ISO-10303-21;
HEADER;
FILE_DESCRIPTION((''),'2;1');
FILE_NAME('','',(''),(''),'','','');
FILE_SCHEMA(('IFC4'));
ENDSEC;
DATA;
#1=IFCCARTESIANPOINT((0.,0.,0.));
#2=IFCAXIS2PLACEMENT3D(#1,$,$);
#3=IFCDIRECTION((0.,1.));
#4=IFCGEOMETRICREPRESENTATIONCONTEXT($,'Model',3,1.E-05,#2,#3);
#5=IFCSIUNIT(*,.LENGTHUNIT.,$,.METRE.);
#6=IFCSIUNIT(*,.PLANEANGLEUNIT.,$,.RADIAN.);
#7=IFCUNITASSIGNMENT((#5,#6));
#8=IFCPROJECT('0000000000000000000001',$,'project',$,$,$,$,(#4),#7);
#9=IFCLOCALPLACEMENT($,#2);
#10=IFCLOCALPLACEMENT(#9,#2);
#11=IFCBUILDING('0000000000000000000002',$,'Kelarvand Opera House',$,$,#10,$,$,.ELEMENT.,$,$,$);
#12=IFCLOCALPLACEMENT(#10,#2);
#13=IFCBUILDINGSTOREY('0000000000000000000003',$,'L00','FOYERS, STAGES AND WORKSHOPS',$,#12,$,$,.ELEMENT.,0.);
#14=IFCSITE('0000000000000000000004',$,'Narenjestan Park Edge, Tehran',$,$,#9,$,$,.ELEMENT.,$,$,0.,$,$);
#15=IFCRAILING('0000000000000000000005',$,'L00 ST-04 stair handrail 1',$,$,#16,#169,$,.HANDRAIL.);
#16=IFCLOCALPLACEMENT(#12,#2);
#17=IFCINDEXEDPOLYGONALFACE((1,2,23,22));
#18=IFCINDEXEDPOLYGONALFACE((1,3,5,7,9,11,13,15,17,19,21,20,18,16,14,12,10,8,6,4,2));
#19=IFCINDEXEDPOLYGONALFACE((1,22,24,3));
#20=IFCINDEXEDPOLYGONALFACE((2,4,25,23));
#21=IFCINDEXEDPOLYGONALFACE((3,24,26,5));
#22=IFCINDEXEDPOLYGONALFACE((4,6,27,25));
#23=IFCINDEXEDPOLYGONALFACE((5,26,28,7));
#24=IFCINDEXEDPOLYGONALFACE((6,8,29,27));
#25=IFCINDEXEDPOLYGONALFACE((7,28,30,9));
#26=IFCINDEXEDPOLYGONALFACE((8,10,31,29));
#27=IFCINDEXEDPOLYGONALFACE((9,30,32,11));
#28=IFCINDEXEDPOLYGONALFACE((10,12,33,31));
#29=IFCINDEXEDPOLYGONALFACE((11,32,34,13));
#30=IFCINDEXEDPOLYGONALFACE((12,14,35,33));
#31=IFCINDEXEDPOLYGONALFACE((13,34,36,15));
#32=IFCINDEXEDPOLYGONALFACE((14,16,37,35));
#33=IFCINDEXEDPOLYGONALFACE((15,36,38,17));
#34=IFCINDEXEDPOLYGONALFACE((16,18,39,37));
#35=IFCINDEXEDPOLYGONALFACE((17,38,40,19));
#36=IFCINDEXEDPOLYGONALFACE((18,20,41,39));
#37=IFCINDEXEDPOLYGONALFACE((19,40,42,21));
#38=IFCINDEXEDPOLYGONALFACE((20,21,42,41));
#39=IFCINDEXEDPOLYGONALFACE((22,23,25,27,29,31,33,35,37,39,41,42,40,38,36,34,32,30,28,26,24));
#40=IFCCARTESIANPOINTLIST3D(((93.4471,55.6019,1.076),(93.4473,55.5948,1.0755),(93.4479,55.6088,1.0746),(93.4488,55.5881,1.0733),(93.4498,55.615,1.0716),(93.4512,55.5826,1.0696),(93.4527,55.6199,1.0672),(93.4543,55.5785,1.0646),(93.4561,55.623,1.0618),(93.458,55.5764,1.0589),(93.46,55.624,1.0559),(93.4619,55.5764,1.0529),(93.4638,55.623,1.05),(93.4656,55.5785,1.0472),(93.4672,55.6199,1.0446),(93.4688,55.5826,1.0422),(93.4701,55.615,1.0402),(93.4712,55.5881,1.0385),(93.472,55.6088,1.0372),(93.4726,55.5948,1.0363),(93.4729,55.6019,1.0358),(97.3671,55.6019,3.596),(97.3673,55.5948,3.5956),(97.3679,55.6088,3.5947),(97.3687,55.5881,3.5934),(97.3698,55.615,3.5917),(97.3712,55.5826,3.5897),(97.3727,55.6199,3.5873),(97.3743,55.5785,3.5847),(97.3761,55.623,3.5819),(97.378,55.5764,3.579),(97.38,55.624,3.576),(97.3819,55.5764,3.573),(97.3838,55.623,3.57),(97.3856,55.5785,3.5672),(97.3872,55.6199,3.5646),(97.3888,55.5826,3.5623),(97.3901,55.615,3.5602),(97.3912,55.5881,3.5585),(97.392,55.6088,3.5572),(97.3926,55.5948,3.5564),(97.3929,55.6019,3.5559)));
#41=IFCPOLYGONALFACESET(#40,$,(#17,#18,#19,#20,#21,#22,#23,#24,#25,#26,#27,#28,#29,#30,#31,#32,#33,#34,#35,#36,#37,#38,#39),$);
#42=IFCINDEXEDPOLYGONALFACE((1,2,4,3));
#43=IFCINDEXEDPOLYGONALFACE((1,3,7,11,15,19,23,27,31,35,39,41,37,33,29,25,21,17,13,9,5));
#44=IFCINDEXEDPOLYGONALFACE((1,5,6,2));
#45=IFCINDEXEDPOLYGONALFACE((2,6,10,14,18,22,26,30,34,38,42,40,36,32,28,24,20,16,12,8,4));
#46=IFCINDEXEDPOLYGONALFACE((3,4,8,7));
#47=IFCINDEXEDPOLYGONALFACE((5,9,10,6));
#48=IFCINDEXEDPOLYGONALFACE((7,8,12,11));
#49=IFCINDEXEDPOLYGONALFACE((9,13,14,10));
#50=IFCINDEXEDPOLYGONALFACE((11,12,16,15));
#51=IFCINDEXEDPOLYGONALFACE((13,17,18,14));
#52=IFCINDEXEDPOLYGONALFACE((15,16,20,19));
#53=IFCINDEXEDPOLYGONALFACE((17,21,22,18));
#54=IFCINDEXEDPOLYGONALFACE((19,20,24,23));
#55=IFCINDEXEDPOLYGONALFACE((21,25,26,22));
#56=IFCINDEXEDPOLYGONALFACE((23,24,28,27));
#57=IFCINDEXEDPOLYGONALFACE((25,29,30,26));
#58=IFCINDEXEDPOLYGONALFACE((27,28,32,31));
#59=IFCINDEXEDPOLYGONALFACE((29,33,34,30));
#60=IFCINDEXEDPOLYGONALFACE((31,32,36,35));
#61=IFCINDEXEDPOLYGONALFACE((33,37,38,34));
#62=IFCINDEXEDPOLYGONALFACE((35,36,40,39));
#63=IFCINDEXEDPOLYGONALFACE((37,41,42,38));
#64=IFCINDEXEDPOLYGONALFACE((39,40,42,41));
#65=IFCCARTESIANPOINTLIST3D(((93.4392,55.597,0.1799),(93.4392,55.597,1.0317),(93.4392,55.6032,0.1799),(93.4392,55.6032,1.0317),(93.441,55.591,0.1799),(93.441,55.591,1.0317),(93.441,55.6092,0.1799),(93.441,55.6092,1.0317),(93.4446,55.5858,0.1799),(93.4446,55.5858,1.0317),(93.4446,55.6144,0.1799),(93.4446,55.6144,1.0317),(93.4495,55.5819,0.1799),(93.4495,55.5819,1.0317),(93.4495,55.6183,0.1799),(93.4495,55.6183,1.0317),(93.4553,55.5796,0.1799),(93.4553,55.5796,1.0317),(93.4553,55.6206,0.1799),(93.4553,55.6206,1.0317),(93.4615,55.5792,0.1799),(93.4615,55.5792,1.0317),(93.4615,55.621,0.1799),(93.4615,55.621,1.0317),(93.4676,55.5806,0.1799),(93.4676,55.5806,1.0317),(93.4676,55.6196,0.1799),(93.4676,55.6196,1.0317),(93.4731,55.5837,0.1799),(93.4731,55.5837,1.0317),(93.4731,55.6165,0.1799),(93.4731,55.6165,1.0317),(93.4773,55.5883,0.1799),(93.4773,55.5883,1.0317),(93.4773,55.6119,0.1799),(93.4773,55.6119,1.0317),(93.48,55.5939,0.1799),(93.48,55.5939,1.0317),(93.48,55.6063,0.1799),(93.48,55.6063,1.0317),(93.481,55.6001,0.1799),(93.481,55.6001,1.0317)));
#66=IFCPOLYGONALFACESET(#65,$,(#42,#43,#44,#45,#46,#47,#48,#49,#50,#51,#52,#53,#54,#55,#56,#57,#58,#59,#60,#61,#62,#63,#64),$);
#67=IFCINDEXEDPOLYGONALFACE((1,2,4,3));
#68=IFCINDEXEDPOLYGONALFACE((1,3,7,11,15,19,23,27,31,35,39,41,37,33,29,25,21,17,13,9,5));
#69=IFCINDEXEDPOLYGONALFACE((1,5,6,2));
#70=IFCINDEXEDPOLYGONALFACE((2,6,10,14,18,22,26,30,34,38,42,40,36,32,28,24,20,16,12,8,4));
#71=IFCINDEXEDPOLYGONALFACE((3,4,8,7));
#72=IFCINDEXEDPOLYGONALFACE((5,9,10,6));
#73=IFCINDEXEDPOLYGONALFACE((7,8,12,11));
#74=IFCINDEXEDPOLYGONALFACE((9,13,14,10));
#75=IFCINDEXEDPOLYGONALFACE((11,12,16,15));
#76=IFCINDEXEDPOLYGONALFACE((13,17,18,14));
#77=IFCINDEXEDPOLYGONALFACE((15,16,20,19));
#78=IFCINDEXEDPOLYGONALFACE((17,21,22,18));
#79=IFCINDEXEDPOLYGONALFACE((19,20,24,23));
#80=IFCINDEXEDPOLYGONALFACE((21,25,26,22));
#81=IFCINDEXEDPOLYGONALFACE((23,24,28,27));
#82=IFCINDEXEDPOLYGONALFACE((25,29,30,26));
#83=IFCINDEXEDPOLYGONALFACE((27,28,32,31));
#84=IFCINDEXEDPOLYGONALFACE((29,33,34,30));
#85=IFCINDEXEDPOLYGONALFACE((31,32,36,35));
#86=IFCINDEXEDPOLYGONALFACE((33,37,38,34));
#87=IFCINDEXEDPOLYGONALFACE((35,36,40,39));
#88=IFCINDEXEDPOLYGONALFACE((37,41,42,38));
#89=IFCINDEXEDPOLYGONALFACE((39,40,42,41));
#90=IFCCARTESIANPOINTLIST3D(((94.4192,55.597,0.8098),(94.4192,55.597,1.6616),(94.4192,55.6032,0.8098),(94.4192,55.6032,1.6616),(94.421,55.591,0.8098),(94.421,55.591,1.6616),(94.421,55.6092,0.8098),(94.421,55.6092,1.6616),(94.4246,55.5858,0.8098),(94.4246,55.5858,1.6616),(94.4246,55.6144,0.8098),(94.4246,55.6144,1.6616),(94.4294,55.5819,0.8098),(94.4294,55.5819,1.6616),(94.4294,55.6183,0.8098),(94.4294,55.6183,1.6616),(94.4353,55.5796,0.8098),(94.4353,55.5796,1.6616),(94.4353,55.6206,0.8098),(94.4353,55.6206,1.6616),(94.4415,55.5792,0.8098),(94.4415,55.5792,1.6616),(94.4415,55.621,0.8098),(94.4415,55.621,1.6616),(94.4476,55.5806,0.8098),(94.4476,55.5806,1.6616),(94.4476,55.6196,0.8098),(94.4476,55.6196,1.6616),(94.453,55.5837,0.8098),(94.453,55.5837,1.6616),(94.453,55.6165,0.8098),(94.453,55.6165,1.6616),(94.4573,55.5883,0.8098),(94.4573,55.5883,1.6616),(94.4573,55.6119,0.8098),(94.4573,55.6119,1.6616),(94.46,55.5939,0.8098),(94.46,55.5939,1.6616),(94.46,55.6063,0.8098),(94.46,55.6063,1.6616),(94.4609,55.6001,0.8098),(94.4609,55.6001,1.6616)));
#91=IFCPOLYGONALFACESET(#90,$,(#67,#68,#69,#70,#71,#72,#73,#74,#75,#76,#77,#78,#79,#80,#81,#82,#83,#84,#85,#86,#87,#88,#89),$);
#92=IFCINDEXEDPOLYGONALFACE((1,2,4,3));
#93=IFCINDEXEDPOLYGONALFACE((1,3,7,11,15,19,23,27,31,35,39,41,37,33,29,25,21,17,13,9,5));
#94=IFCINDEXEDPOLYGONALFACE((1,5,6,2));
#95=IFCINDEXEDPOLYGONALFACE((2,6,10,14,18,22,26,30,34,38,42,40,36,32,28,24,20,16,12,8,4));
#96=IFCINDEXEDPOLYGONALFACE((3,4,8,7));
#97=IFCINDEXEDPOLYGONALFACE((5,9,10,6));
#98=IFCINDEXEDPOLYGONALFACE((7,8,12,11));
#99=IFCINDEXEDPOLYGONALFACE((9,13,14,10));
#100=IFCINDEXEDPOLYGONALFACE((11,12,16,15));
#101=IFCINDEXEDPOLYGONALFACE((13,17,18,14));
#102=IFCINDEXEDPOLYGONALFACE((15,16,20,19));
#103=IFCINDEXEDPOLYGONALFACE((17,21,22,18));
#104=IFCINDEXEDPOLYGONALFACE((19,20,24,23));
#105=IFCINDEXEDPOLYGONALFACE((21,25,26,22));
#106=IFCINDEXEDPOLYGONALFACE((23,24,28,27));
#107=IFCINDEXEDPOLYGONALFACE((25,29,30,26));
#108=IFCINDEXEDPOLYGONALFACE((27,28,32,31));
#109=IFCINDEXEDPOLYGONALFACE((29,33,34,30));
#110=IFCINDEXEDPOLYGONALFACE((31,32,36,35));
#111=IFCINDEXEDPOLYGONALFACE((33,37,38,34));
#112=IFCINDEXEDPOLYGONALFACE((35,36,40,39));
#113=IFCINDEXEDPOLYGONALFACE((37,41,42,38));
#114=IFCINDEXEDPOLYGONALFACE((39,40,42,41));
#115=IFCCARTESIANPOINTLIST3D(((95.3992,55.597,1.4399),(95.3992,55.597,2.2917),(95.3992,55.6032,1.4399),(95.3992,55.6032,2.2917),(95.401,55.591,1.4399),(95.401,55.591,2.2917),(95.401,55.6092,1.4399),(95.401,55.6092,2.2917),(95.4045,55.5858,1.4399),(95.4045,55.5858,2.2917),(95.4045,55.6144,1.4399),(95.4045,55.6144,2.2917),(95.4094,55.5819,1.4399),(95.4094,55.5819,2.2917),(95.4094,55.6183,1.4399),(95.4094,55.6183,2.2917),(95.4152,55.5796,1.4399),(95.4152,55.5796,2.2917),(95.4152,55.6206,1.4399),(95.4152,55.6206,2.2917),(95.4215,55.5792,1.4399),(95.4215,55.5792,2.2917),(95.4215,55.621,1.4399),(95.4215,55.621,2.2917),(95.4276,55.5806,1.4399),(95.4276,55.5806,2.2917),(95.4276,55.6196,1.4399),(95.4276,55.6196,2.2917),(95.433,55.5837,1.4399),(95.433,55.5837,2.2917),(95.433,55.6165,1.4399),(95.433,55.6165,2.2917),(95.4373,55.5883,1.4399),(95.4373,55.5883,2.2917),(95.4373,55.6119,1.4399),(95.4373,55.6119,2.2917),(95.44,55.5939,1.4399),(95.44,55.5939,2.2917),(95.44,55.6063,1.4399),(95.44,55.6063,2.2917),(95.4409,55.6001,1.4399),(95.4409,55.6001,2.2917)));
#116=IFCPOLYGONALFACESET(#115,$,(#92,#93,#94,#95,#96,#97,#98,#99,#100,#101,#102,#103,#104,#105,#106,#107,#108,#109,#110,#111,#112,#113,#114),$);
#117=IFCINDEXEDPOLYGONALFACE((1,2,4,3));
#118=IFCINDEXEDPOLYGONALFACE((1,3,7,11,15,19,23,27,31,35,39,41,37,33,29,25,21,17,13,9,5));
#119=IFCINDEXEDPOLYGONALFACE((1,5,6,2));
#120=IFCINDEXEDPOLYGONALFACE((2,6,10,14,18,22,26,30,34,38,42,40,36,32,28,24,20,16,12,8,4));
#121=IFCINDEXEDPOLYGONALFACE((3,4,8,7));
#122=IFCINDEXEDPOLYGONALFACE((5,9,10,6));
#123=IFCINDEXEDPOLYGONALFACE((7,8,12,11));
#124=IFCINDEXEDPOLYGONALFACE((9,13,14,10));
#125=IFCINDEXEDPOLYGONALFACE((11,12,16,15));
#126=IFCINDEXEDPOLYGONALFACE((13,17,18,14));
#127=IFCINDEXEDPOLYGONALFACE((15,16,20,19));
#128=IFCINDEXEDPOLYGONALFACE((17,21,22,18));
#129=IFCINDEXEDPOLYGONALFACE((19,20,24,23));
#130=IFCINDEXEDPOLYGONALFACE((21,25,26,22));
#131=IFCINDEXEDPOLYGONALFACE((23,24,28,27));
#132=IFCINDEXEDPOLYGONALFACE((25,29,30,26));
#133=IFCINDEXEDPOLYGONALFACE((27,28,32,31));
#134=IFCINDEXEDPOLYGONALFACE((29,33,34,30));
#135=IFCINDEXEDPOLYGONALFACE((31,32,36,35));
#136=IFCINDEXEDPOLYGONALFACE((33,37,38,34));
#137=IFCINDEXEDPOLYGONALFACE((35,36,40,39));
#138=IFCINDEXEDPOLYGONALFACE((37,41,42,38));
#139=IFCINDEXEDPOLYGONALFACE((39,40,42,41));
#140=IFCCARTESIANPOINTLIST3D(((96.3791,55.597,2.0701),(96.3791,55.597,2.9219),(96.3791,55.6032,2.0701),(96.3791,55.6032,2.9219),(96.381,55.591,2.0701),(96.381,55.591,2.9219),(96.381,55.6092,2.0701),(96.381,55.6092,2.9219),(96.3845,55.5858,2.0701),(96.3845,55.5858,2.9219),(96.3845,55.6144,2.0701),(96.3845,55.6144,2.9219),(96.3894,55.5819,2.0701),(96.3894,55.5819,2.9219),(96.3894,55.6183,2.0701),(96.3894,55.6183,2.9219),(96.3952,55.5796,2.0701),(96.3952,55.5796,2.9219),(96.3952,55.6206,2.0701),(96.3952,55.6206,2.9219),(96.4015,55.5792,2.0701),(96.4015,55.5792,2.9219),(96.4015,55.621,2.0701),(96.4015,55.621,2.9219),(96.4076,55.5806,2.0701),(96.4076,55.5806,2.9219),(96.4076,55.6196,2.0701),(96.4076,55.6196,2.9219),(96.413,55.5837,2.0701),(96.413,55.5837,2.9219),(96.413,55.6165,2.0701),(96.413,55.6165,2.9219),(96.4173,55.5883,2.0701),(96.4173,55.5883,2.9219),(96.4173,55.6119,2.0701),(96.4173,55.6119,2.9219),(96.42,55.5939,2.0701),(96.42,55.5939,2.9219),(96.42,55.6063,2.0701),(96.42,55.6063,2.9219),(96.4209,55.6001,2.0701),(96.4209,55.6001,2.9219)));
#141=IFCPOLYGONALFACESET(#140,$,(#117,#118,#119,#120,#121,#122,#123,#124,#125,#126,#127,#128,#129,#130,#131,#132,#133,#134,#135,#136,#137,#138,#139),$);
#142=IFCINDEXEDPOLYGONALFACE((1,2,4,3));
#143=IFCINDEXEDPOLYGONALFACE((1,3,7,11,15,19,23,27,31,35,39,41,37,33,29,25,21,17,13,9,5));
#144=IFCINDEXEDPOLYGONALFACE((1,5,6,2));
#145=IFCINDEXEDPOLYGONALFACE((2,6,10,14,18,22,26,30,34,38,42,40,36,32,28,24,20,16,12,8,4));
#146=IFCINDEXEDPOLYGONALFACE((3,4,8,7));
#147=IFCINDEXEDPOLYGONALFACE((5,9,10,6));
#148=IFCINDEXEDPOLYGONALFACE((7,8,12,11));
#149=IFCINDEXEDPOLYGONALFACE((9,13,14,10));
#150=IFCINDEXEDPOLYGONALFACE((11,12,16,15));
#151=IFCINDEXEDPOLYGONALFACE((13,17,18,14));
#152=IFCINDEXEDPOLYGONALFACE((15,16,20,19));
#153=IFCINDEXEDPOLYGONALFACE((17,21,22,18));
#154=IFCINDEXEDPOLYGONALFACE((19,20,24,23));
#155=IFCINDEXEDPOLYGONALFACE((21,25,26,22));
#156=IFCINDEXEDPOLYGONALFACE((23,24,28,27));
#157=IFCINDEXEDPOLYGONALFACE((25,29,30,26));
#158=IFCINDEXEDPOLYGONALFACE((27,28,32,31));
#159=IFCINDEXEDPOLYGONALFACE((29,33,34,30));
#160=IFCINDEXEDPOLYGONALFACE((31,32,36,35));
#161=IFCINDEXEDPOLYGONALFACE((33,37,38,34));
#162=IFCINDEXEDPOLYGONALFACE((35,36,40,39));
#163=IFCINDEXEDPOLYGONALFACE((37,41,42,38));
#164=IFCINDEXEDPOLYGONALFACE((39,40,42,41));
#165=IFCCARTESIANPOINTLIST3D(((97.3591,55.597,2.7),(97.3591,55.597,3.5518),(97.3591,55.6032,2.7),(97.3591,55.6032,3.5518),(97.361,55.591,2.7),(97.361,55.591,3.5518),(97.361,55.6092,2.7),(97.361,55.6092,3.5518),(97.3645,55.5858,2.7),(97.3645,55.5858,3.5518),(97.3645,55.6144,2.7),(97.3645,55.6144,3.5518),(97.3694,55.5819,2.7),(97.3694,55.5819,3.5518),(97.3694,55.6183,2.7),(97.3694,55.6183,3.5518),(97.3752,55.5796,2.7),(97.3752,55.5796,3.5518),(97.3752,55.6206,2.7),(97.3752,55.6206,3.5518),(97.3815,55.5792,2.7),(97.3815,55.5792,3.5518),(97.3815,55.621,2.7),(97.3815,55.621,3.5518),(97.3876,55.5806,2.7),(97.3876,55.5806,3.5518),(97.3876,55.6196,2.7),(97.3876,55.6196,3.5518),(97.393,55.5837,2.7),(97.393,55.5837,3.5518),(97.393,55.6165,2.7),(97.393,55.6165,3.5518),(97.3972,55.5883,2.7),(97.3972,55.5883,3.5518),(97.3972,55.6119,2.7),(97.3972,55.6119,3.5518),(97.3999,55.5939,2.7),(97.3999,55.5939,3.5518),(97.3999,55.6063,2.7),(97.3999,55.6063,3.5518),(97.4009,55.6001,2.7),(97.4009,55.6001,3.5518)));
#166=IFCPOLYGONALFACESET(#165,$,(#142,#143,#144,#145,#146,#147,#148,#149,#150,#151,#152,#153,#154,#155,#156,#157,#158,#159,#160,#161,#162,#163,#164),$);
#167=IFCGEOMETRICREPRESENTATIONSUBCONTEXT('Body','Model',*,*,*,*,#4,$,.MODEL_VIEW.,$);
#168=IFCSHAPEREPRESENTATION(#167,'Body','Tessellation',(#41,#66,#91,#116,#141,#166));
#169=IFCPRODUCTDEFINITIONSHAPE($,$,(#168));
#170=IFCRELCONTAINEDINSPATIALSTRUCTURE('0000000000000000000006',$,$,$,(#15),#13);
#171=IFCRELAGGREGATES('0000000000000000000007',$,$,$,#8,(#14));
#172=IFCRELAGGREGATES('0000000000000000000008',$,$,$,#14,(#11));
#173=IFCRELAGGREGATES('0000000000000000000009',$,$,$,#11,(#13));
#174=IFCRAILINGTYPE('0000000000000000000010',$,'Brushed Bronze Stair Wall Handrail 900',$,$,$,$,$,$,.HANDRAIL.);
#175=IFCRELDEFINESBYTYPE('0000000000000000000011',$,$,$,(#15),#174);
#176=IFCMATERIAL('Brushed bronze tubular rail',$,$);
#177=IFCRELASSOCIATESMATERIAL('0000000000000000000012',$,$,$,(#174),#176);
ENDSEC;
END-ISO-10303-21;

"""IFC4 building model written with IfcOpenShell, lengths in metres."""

from ifc_helpers import new_model, si_unit, direction, frame, origin, origin_2d, place, context, subcontext, project, spatial, circle, extrude, material, type_object, element, save


model = new_model("IFC4")

# Units and contexts
model_context = context("Model", 3, precision=1e-05, world=origin(), true_north=direction((0.0, 1.0)))
body_context = subcontext(model_context, "Body", "Model", "MODEL_VIEW")
ifc_project = project(units=[si_unit("LENGTHUNIT", "METRE"), si_unit("PLANEANGLEUNIT", "RADIAN")], contexts=[model_context])

# Site, building, storey
site_placement = place(None, origin())
site = spatial("IfcSite", under=ifc_project, at=site_placement, Name="Narenjestan Park Edge, Tehran", CompositionType="ELEMENT", RefElevation=0.0)
building_placement = place(site_placement, origin())
building = spatial("IfcBuilding", under=site, at=building_placement, Name="Kelarvand Opera House", CompositionType="ELEMENT")
storey_placement = place(building_placement, origin())
storey = spatial("IfcBuildingStorey", under=building, at=storey_placement, Name="L00", Description="FOYERS, STAGES AND WORKSHOPS", CompositionType="ELEMENT", Elevation=0.0)

# Railing
ifc_material_1 = material(Name="Brushed bronze tubular rail")
railing_type_1 = type_object("IfcRailingType", Name="Brushed Bronze Stair Wall Handrail 900", PredefinedType="HANDRAIL", material=ifc_material_1)
railing_1_placement = place(storey_placement, frame((93.46, 55.6001, 0.1799)))
element("IfcRailing", 1, at=railing_1_placement, inside=storey, type_object=railing_type_1, Name="L00 ST-04 stair handrail 1", PredefinedType="HANDRAIL", context=body_context, shape_type="SweptSolid", body=[
    extrude(circle(Radius=0.0239, at=origin_2d()), frame((0.0, 0.0, 0.876), z_axis=(0.841172, 0.0, 0.540768), x_axis=(0.0, 1.0, 0.0)), (0.0, 0.0, 1.0), 4.6602),
    extrude(circle(Radius=0.021, at=origin_2d()), origin(), (0.0, 0.0, 1.0), 0.8518),
    extrude(circle(Radius=0.021, at=origin_2d()), frame((0.98, 0.0, 0.6299)), (0.0, 0.0, 1.0), 0.8518),
    extrude(circle(Radius=0.021, at=origin_2d()), frame((1.96, 0.0, 1.26)), (0.0, 0.0, 1.0), 0.8518),
    extrude(circle(Radius=0.021, at=origin_2d()), frame((2.9399, 0.0, 1.8901)), (0.0, 0.0, 1.0), 0.8518),
    extrude(circle(Radius=0.021, at=origin_2d()), frame((3.9199, 0.0, 2.52)), (0.0, 0.0, 1.0), 0.8518),
])

save(model, "model.ifc")
